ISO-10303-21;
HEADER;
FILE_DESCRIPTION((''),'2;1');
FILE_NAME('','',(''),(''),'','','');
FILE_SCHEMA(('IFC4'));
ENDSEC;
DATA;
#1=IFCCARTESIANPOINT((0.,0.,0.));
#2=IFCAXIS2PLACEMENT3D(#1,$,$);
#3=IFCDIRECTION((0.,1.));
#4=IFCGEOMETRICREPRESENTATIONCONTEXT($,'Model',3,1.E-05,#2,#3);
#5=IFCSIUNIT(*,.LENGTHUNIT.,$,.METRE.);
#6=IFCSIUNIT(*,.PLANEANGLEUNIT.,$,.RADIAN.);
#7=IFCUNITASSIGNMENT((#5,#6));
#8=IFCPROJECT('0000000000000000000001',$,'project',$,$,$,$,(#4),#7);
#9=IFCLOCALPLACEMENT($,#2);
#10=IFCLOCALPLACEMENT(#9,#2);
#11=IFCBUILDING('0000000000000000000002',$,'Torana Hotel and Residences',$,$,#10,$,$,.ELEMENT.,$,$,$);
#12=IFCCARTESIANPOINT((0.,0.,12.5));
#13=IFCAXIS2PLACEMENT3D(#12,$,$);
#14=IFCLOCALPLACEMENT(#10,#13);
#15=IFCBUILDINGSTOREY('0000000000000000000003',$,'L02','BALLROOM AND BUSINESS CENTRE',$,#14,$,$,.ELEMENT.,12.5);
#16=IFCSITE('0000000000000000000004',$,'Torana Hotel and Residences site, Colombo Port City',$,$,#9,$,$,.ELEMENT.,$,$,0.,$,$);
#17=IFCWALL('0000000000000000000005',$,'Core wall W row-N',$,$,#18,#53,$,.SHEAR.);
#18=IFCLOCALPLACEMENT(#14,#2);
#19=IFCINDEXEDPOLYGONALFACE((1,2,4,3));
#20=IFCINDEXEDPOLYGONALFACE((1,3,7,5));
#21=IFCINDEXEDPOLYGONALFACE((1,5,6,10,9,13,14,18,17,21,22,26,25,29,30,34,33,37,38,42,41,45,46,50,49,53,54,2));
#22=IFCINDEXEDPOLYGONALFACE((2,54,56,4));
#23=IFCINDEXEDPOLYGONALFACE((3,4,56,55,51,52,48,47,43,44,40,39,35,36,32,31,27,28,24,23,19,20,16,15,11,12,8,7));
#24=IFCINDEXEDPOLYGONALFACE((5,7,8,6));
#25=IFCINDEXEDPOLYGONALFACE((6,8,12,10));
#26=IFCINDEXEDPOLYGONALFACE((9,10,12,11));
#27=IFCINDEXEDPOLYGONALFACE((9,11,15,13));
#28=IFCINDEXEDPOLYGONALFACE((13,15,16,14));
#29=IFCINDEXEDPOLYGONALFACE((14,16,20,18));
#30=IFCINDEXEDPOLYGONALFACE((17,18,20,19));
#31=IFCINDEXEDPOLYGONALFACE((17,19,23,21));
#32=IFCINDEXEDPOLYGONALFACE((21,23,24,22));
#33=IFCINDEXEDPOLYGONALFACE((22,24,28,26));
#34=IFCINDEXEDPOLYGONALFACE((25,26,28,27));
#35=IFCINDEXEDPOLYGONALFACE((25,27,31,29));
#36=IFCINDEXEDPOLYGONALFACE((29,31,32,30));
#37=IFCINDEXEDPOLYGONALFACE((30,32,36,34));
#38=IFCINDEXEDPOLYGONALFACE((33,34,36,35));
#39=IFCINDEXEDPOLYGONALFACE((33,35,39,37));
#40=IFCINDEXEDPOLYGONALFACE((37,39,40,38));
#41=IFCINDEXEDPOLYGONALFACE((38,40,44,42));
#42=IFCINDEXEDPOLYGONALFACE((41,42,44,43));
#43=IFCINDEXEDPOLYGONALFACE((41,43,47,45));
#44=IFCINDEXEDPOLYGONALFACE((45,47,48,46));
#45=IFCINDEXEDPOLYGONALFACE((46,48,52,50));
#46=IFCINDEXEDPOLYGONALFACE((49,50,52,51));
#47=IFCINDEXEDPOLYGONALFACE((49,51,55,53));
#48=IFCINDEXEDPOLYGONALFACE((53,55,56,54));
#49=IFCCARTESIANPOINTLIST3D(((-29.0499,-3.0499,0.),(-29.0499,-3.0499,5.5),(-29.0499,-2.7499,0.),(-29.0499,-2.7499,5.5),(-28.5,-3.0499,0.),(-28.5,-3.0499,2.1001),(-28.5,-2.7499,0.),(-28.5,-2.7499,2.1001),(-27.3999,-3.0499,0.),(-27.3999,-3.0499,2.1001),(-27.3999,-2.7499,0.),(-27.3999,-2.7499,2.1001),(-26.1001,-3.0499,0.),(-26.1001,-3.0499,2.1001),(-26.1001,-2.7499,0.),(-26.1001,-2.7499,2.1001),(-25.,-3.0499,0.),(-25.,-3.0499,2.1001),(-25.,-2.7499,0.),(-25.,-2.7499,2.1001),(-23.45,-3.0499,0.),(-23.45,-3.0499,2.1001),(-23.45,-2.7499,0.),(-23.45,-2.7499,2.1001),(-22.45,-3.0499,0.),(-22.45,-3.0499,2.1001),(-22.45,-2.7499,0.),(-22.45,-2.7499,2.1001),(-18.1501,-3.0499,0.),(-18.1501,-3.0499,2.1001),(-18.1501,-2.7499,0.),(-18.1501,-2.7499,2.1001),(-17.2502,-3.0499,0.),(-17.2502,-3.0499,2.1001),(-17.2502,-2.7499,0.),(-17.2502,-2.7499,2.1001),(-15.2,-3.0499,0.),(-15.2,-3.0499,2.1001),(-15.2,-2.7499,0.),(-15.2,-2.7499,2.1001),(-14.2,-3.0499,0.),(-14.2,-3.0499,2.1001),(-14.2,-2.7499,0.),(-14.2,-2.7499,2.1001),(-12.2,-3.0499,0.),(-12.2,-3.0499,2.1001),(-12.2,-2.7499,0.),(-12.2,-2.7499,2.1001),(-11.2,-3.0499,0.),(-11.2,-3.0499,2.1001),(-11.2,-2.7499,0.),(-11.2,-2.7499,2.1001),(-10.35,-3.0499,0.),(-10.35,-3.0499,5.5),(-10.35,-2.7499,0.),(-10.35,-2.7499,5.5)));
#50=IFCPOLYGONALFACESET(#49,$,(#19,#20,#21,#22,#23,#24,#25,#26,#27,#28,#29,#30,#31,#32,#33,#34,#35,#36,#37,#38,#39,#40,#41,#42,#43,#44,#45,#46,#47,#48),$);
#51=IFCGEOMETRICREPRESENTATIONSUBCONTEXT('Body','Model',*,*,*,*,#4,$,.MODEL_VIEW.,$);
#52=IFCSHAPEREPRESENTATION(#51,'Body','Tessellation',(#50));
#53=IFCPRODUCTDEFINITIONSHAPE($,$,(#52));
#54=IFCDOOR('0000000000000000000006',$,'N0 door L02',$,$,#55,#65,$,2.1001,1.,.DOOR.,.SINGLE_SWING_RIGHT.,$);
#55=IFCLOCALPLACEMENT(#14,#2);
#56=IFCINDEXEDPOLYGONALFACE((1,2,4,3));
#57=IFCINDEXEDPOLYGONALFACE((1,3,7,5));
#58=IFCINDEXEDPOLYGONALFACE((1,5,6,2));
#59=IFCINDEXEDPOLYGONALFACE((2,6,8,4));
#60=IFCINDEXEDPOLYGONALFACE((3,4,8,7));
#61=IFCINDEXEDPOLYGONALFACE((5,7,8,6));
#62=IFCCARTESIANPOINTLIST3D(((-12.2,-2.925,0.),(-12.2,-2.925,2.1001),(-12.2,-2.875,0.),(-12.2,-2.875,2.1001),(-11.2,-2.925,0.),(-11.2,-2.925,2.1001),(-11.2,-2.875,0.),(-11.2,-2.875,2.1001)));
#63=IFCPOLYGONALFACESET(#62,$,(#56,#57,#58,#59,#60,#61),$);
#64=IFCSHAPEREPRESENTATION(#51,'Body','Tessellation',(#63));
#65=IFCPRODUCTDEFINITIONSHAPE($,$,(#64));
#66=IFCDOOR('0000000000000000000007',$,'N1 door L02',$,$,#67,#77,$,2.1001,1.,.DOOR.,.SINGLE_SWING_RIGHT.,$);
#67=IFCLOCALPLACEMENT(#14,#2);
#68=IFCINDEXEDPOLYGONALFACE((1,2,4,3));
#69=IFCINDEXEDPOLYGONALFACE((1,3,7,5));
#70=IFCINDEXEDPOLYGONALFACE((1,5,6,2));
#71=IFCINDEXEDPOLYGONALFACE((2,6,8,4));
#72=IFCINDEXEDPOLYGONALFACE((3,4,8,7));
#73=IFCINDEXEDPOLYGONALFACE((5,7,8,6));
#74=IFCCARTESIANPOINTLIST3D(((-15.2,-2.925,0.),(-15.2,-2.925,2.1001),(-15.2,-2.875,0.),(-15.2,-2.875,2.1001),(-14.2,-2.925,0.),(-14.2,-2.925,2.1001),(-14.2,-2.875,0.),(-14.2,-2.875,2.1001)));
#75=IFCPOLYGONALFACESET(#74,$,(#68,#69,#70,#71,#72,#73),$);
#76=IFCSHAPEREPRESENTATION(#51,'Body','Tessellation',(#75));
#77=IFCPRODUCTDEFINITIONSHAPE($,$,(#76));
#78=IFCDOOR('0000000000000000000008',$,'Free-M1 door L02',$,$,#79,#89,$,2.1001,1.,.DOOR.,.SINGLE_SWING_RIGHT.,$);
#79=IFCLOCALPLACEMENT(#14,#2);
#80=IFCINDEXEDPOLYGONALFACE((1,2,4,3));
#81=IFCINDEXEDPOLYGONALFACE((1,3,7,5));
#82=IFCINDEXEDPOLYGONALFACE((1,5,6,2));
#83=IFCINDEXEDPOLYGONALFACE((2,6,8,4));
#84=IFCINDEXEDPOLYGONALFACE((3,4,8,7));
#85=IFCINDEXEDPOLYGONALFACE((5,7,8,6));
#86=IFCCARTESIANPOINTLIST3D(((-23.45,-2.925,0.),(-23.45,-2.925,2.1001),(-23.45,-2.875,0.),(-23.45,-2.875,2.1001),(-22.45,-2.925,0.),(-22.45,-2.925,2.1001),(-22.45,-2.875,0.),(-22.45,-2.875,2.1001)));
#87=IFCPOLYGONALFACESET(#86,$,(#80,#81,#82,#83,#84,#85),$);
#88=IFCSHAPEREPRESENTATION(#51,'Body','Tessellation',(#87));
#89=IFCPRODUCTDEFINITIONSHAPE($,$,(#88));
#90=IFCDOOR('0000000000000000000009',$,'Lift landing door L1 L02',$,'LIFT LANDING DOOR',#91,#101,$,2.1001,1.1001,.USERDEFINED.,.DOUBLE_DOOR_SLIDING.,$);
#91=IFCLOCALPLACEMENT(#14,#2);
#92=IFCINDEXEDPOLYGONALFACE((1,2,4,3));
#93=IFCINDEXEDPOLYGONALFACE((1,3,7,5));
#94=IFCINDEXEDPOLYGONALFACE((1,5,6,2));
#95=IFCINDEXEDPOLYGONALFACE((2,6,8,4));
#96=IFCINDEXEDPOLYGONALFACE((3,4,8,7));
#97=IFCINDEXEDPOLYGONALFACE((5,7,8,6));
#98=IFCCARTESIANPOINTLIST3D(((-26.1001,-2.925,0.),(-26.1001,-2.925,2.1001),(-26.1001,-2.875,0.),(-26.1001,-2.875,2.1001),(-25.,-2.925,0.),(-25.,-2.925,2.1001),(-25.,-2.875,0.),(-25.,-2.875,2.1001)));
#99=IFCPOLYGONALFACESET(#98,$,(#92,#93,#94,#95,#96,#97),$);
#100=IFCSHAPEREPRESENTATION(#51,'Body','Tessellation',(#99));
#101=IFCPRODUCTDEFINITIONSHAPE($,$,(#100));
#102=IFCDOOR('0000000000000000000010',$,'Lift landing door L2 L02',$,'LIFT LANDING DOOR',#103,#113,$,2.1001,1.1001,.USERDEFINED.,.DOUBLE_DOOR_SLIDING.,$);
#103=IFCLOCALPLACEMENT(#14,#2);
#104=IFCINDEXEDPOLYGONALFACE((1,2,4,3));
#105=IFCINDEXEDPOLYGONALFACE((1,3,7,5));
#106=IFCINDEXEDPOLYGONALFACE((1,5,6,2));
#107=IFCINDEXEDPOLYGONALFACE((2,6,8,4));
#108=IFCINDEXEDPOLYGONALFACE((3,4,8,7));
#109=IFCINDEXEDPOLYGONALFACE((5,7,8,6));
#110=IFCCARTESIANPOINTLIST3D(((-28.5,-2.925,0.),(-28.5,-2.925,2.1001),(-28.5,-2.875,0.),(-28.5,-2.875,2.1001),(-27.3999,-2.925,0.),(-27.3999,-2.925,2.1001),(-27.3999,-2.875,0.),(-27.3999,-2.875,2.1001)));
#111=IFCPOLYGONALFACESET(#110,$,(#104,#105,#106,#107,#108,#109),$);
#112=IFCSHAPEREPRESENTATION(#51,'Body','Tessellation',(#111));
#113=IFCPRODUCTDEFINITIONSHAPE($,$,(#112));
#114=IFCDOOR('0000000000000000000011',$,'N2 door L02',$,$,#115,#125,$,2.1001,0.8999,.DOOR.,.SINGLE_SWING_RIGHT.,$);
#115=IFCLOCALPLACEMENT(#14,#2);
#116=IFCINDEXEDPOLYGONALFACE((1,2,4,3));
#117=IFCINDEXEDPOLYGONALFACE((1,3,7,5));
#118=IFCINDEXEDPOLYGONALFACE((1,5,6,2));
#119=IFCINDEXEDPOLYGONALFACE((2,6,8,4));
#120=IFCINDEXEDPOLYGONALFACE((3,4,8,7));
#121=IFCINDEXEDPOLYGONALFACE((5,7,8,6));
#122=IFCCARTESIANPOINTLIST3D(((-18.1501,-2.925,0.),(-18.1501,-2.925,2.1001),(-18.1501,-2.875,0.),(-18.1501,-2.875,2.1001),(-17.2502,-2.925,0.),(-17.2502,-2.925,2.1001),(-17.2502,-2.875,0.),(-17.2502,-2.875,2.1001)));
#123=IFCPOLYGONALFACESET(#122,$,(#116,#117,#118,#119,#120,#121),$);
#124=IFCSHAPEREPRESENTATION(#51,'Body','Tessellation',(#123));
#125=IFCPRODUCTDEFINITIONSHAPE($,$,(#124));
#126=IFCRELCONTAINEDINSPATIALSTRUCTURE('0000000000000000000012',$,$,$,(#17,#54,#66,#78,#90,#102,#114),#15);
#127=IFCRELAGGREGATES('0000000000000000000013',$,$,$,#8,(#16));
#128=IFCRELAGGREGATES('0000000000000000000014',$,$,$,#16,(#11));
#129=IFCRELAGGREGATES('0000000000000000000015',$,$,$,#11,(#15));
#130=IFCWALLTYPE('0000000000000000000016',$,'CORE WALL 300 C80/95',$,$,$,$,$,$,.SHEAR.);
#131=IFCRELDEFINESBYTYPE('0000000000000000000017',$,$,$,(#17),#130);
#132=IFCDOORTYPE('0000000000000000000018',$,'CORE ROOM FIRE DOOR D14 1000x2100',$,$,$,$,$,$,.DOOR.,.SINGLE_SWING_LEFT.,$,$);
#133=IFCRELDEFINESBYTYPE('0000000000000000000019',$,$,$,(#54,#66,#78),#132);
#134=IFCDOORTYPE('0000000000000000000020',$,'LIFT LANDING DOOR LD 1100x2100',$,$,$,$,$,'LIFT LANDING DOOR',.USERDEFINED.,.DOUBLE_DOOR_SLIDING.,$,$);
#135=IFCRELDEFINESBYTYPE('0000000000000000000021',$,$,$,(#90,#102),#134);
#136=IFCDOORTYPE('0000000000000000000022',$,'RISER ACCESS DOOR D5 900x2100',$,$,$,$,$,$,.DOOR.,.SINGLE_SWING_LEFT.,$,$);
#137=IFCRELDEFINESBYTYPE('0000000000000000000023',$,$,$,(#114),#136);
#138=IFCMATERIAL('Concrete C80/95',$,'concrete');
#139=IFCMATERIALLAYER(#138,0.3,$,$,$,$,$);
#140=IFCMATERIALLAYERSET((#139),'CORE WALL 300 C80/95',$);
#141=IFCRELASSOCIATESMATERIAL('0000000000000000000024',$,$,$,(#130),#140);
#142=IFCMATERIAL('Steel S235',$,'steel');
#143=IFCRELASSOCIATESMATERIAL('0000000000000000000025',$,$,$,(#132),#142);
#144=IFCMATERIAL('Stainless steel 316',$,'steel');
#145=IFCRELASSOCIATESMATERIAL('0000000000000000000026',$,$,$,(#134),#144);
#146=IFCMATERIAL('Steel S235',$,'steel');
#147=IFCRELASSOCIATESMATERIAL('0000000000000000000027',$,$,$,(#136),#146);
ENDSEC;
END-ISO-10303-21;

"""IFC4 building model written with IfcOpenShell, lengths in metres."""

from ifc_helpers import new_model, si_unit, direction, frame, frame_2d, origin, place, context, subcontext, project, spatial, rectangle, extrude, material, layer, layer_set, type_object, element, fill, save


model = new_model("IFC4")

# Units and contexts
model_context = context("Model", 3, precision=1e-05, world=origin(), true_north=direction((0.0, 1.0)))
body_context = subcontext(model_context, "Body", "Model", "MODEL_VIEW")
ifc_project = project(units=[si_unit("LENGTHUNIT", "METRE"), si_unit("PLANEANGLEUNIT", "RADIAN")], contexts=[model_context])

# Site, building, storey
site_placement = place(None, origin())
site = spatial("IfcSite", under=ifc_project, at=site_placement, Name="Torana Hotel and Residences site, Colombo Port City", CompositionType="ELEMENT", RefElevation=0.0)
building_placement = place(site_placement, origin())
building = spatial("IfcBuilding", under=site, at=building_placement, Name="Torana Hotel and Residences", CompositionType="ELEMENT")
storey_placement = place(building_placement, frame((0.0, 0.0, 12.5)))
storey = spatial("IfcBuildingStorey", under=building, at=storey_placement, Name="L02", Description="BALLROOM AND BUSINESS CENTRE", CompositionType="ELEMENT", Elevation=12.5)

# Wall, openings, doors
ifc_material_1 = material(Name="Concrete C80/95", Category="concrete")
ifc_layer_1 = layer(ifc_material_1, 0.3)
ifc_layer_set_1 = layer_set([ifc_layer_1], Name="CORE WALL 300 C80/95")
wall_type_1 = type_object("IfcWallType", Name="CORE WALL 300 C80/95", PredefinedType="SHEAR", material=ifc_layer_set_1)
wall_1_placement = place(storey_placement, frame((-29.05, -2.8999, 0.0), z_axis=(0.0, 0.0, 1.0), x_axis=(1.0, 0.0, 0.0)))
wall_1 = element("IfcWall", 1, at=wall_1_placement, inside=storey, type_object=wall_type_1, Name="Core wall W row-N", PredefinedType="SHEAR", context=body_context, shape_type="SweptSolid", body=[
    extrude(rectangle(XDim=18.7, YDim=0.3, at=frame_2d((9.3501, 0.0))), origin(), (0.0, 0.0, 1.0), 5.5),
])
opening_1_placement = place(wall_1_placement, frame((2.95, 0.0, 0.0)))
opening_1 = element("IfcOpeningElement", 2, at=opening_1_placement, cuts=wall_1, PredefinedType="OPENING", context=body_context, shape_type="SweptSolid", body=[
    extrude(rectangle(XDim=1.1001, YDim=2.1001, at=frame_2d((0.55, 1.05))), frame((0.0, 0.1599, 0.0), z_axis=(0.0, -1.0, 0.0), x_axis=(1.0, 0.0, 0.0)), (0.0, 0.0, 1.0), 0.3201),
])
opening_2_placement = place(wall_1_placement, frame((0.55, 0.0, 0.0)))
opening_2 = element("IfcOpeningElement", 3, at=opening_2_placement, cuts=wall_1, PredefinedType="OPENING", context=body_context, shape_type="SweptSolid", body=[
    extrude(rectangle(XDim=1.1001, YDim=2.1001, at=frame_2d((0.55, 1.05))), frame((0.0, 0.1599, 0.0), z_axis=(0.0, -1.0, 0.0), x_axis=(1.0, 0.0, 0.0)), (0.0, 0.0, 1.0), 0.3201),
])
opening_3_placement = place(wall_1_placement, frame((10.8999, 0.0, 0.0)))
opening_3 = element("IfcOpeningElement", 4, at=opening_3_placement, cuts=wall_1, PredefinedType="OPENING", context=body_context, shape_type="SweptSolid", body=[
    extrude(rectangle(XDim=0.8999, YDim=2.1001, at=frame_2d((0.45, 1.05))), frame((0.0, 0.1599, 0.0), z_axis=(0.0, -1.0, 0.0), x_axis=(1.0, 0.0, 0.0)), (0.0, 0.0, 1.0), 0.3201),
])
opening_4_placement = place(wall_1_placement, frame((16.8501, 0.0, 0.0)))
opening_4 = element("IfcOpeningElement", 5, at=opening_4_placement, cuts=wall_1, PredefinedType="OPENING", context=body_context, shape_type="SweptSolid", body=[
    extrude(rectangle(XDim=1.0, YDim=2.1001, at=frame_2d((0.5, 1.05))), frame((0.0, 0.1599, 0.0), z_axis=(0.0, -1.0, 0.0), x_axis=(1.0, 0.0, 0.0)), (0.0, 0.0, 1.0), 0.3201),
])
opening_5_placement = place(wall_1_placement, frame((13.8501, 0.0, 0.0)))
opening_5 = element("IfcOpeningElement", 6, at=opening_5_placement, cuts=wall_1, PredefinedType="OPENING", context=body_context, shape_type="SweptSolid", body=[
    extrude(rectangle(XDim=1.0, YDim=2.1001, at=frame_2d((0.5, 1.05))), frame((0.0, 0.1599, 0.0), z_axis=(0.0, -1.0, 0.0), x_axis=(1.0, 0.0, 0.0)), (0.0, 0.0, 1.0), 0.3201),
])
opening_6_placement = place(wall_1_placement, frame((5.6001, 0.0, 0.0)))
opening_6 = element("IfcOpeningElement", 7, at=opening_6_placement, cuts=wall_1, PredefinedType="OPENING", context=body_context, shape_type="SweptSolid", body=[
    extrude(rectangle(XDim=1.0, YDim=2.1001, at=frame_2d((0.5, 1.05))), frame((0.0, 0.1599, 0.0), z_axis=(0.0, -1.0, 0.0), x_axis=(1.0, 0.0, 0.0)), (0.0, 0.0, 1.0), 0.3201),
])
ifc_material_2 = material(Name="Steel S235", Category="steel")
door_type_1 = type_object("IfcDoorType", Name="CORE ROOM FIRE DOOR D14 1000x2100", OperationType="SINGLE_SWING_LEFT", PredefinedType="DOOR", material=ifc_material_2)
door_1_placement = place(opening_4_placement, origin())
door_1 = element("IfcDoor", 8, at=door_1_placement, inside=storey, type_object=door_type_1, Name="N0 door L02", OperationType="SINGLE_SWING_RIGHT", OverallHeight=2.1001, OverallWidth=1.0, PredefinedType="DOOR", context=body_context, shape_type="SweptSolid", body=[
    extrude(rectangle(XDim=1.0, YDim=2.1001, at=frame_2d((0.5, 1.05))), frame((0.0, 0.0249, 0.0), z_axis=(0.0, -1.0, 0.0), x_axis=(1.0, 0.0, 0.0)), (0.0, 0.0, 1.0), 0.05),
])
fill(opening_4, door_1)
door_2_placement = place(opening_5_placement, origin())
door_2 = element("IfcDoor", 9, at=door_2_placement, inside=storey, type_object=door_type_1, Name="N1 door L02", OperationType="SINGLE_SWING_RIGHT", OverallHeight=2.1001, OverallWidth=1.0, PredefinedType="DOOR", context=body_context, shape_type="SweptSolid", body=[
    extrude(rectangle(XDim=1.0, YDim=2.1001, at=frame_2d((0.5, 1.05))), frame((0.0, 0.0249, 0.0), z_axis=(0.0, -1.0, 0.0), x_axis=(1.0, 0.0, 0.0)), (0.0, 0.0, 1.0), 0.05),
])
fill(opening_5, door_2)
door_3_placement = place(opening_6_placement, origin())
door_3 = element("IfcDoor", 10, at=door_3_placement, inside=storey, type_object=door_type_1, Name="Free-M1 door L02", OperationType="SINGLE_SWING_RIGHT", OverallHeight=2.1001, OverallWidth=1.0, PredefinedType="DOOR", context=body_context, shape_type="SweptSolid", body=[
    extrude(rectangle(XDim=1.0, YDim=2.1001, at=frame_2d((0.5, 1.05))), frame((0.0, 0.0249, 0.0), z_axis=(0.0, -1.0, 0.0), x_axis=(1.0, 0.0, 0.0)), (0.0, 0.0, 1.0), 0.05),
])
fill(opening_6, door_3)
ifc_material_3 = material(Name="Stainless steel 316", Category="steel")
door_type_2 = type_object("IfcDoorType", Name="LIFT LANDING DOOR LD 1100x2100", ElementType="LIFT LANDING DOOR", OperationType="DOUBLE_DOOR_SLIDING", PredefinedType="USERDEFINED", material=ifc_material_3)
door_4_placement = place(opening_1_placement, origin())
door_4 = element("IfcDoor", 11, at=door_4_placement, inside=storey, type_object=door_type_2, Name="Lift landing door L1 L02", ObjectType="LIFT LANDING DOOR", OperationType="DOUBLE_DOOR_SLIDING", OverallHeight=2.1001, OverallWidth=1.1001, PredefinedType="USERDEFINED", context=body_context, shape_type="SweptSolid", body=[
    extrude(rectangle(XDim=1.1001, YDim=2.1001, at=frame_2d((0.55, 1.05))), frame((0.0, 0.0249, 0.0), z_axis=(0.0, -1.0, 0.0), x_axis=(1.0, 0.0, 0.0)), (0.0, 0.0, 1.0), 0.05),
])
fill(opening_1, door_4)
door_5_placement = place(opening_2_placement, origin())
door_5 = element("IfcDoor", 12, at=door_5_placement, inside=storey, type_object=door_type_2, Name="Lift landing door L2 L02", ObjectType="LIFT LANDING DOOR", OperationType="DOUBLE_DOOR_SLIDING", OverallHeight=2.1001, OverallWidth=1.1001, PredefinedType="USERDEFINED", context=body_context, shape_type="SweptSolid", body=[
    extrude(rectangle(XDim=1.1001, YDim=2.1001, at=frame_2d((0.55, 1.05))), frame((0.0, 0.0249, 0.0), z_axis=(0.0, -1.0, 0.0), x_axis=(1.0, 0.0, 0.0)), (0.0, 0.0, 1.0), 0.05),
])
fill(opening_2, door_5)
ifc_material_4 = material(Name="Steel S235", Category="steel")
door_type_3 = type_object("IfcDoorType", Name="RISER ACCESS DOOR D5 900x2100", OperationType="SINGLE_SWING_LEFT", PredefinedType="DOOR", material=ifc_material_4)
door_6_placement = place(opening_3_placement, origin())
door_6 = element("IfcDoor", 13, at=door_6_placement, inside=storey, type_object=door_type_3, Name="N2 door L02", OperationType="SINGLE_SWING_RIGHT", OverallHeight=2.1001, OverallWidth=0.8999, PredefinedType="DOOR", context=body_context, shape_type="SweptSolid", body=[
    extrude(rectangle(XDim=0.8999, YDim=2.1001, at=frame_2d((0.45, 1.05))), frame((0.0, 0.0249, 0.0), z_axis=(0.0, -1.0, 0.0), x_axis=(1.0, 0.0, 0.0)), (0.0, 0.0, 1.0), 0.05),
])
fill(opening_3, door_6)

save(model, "model.ifc")
